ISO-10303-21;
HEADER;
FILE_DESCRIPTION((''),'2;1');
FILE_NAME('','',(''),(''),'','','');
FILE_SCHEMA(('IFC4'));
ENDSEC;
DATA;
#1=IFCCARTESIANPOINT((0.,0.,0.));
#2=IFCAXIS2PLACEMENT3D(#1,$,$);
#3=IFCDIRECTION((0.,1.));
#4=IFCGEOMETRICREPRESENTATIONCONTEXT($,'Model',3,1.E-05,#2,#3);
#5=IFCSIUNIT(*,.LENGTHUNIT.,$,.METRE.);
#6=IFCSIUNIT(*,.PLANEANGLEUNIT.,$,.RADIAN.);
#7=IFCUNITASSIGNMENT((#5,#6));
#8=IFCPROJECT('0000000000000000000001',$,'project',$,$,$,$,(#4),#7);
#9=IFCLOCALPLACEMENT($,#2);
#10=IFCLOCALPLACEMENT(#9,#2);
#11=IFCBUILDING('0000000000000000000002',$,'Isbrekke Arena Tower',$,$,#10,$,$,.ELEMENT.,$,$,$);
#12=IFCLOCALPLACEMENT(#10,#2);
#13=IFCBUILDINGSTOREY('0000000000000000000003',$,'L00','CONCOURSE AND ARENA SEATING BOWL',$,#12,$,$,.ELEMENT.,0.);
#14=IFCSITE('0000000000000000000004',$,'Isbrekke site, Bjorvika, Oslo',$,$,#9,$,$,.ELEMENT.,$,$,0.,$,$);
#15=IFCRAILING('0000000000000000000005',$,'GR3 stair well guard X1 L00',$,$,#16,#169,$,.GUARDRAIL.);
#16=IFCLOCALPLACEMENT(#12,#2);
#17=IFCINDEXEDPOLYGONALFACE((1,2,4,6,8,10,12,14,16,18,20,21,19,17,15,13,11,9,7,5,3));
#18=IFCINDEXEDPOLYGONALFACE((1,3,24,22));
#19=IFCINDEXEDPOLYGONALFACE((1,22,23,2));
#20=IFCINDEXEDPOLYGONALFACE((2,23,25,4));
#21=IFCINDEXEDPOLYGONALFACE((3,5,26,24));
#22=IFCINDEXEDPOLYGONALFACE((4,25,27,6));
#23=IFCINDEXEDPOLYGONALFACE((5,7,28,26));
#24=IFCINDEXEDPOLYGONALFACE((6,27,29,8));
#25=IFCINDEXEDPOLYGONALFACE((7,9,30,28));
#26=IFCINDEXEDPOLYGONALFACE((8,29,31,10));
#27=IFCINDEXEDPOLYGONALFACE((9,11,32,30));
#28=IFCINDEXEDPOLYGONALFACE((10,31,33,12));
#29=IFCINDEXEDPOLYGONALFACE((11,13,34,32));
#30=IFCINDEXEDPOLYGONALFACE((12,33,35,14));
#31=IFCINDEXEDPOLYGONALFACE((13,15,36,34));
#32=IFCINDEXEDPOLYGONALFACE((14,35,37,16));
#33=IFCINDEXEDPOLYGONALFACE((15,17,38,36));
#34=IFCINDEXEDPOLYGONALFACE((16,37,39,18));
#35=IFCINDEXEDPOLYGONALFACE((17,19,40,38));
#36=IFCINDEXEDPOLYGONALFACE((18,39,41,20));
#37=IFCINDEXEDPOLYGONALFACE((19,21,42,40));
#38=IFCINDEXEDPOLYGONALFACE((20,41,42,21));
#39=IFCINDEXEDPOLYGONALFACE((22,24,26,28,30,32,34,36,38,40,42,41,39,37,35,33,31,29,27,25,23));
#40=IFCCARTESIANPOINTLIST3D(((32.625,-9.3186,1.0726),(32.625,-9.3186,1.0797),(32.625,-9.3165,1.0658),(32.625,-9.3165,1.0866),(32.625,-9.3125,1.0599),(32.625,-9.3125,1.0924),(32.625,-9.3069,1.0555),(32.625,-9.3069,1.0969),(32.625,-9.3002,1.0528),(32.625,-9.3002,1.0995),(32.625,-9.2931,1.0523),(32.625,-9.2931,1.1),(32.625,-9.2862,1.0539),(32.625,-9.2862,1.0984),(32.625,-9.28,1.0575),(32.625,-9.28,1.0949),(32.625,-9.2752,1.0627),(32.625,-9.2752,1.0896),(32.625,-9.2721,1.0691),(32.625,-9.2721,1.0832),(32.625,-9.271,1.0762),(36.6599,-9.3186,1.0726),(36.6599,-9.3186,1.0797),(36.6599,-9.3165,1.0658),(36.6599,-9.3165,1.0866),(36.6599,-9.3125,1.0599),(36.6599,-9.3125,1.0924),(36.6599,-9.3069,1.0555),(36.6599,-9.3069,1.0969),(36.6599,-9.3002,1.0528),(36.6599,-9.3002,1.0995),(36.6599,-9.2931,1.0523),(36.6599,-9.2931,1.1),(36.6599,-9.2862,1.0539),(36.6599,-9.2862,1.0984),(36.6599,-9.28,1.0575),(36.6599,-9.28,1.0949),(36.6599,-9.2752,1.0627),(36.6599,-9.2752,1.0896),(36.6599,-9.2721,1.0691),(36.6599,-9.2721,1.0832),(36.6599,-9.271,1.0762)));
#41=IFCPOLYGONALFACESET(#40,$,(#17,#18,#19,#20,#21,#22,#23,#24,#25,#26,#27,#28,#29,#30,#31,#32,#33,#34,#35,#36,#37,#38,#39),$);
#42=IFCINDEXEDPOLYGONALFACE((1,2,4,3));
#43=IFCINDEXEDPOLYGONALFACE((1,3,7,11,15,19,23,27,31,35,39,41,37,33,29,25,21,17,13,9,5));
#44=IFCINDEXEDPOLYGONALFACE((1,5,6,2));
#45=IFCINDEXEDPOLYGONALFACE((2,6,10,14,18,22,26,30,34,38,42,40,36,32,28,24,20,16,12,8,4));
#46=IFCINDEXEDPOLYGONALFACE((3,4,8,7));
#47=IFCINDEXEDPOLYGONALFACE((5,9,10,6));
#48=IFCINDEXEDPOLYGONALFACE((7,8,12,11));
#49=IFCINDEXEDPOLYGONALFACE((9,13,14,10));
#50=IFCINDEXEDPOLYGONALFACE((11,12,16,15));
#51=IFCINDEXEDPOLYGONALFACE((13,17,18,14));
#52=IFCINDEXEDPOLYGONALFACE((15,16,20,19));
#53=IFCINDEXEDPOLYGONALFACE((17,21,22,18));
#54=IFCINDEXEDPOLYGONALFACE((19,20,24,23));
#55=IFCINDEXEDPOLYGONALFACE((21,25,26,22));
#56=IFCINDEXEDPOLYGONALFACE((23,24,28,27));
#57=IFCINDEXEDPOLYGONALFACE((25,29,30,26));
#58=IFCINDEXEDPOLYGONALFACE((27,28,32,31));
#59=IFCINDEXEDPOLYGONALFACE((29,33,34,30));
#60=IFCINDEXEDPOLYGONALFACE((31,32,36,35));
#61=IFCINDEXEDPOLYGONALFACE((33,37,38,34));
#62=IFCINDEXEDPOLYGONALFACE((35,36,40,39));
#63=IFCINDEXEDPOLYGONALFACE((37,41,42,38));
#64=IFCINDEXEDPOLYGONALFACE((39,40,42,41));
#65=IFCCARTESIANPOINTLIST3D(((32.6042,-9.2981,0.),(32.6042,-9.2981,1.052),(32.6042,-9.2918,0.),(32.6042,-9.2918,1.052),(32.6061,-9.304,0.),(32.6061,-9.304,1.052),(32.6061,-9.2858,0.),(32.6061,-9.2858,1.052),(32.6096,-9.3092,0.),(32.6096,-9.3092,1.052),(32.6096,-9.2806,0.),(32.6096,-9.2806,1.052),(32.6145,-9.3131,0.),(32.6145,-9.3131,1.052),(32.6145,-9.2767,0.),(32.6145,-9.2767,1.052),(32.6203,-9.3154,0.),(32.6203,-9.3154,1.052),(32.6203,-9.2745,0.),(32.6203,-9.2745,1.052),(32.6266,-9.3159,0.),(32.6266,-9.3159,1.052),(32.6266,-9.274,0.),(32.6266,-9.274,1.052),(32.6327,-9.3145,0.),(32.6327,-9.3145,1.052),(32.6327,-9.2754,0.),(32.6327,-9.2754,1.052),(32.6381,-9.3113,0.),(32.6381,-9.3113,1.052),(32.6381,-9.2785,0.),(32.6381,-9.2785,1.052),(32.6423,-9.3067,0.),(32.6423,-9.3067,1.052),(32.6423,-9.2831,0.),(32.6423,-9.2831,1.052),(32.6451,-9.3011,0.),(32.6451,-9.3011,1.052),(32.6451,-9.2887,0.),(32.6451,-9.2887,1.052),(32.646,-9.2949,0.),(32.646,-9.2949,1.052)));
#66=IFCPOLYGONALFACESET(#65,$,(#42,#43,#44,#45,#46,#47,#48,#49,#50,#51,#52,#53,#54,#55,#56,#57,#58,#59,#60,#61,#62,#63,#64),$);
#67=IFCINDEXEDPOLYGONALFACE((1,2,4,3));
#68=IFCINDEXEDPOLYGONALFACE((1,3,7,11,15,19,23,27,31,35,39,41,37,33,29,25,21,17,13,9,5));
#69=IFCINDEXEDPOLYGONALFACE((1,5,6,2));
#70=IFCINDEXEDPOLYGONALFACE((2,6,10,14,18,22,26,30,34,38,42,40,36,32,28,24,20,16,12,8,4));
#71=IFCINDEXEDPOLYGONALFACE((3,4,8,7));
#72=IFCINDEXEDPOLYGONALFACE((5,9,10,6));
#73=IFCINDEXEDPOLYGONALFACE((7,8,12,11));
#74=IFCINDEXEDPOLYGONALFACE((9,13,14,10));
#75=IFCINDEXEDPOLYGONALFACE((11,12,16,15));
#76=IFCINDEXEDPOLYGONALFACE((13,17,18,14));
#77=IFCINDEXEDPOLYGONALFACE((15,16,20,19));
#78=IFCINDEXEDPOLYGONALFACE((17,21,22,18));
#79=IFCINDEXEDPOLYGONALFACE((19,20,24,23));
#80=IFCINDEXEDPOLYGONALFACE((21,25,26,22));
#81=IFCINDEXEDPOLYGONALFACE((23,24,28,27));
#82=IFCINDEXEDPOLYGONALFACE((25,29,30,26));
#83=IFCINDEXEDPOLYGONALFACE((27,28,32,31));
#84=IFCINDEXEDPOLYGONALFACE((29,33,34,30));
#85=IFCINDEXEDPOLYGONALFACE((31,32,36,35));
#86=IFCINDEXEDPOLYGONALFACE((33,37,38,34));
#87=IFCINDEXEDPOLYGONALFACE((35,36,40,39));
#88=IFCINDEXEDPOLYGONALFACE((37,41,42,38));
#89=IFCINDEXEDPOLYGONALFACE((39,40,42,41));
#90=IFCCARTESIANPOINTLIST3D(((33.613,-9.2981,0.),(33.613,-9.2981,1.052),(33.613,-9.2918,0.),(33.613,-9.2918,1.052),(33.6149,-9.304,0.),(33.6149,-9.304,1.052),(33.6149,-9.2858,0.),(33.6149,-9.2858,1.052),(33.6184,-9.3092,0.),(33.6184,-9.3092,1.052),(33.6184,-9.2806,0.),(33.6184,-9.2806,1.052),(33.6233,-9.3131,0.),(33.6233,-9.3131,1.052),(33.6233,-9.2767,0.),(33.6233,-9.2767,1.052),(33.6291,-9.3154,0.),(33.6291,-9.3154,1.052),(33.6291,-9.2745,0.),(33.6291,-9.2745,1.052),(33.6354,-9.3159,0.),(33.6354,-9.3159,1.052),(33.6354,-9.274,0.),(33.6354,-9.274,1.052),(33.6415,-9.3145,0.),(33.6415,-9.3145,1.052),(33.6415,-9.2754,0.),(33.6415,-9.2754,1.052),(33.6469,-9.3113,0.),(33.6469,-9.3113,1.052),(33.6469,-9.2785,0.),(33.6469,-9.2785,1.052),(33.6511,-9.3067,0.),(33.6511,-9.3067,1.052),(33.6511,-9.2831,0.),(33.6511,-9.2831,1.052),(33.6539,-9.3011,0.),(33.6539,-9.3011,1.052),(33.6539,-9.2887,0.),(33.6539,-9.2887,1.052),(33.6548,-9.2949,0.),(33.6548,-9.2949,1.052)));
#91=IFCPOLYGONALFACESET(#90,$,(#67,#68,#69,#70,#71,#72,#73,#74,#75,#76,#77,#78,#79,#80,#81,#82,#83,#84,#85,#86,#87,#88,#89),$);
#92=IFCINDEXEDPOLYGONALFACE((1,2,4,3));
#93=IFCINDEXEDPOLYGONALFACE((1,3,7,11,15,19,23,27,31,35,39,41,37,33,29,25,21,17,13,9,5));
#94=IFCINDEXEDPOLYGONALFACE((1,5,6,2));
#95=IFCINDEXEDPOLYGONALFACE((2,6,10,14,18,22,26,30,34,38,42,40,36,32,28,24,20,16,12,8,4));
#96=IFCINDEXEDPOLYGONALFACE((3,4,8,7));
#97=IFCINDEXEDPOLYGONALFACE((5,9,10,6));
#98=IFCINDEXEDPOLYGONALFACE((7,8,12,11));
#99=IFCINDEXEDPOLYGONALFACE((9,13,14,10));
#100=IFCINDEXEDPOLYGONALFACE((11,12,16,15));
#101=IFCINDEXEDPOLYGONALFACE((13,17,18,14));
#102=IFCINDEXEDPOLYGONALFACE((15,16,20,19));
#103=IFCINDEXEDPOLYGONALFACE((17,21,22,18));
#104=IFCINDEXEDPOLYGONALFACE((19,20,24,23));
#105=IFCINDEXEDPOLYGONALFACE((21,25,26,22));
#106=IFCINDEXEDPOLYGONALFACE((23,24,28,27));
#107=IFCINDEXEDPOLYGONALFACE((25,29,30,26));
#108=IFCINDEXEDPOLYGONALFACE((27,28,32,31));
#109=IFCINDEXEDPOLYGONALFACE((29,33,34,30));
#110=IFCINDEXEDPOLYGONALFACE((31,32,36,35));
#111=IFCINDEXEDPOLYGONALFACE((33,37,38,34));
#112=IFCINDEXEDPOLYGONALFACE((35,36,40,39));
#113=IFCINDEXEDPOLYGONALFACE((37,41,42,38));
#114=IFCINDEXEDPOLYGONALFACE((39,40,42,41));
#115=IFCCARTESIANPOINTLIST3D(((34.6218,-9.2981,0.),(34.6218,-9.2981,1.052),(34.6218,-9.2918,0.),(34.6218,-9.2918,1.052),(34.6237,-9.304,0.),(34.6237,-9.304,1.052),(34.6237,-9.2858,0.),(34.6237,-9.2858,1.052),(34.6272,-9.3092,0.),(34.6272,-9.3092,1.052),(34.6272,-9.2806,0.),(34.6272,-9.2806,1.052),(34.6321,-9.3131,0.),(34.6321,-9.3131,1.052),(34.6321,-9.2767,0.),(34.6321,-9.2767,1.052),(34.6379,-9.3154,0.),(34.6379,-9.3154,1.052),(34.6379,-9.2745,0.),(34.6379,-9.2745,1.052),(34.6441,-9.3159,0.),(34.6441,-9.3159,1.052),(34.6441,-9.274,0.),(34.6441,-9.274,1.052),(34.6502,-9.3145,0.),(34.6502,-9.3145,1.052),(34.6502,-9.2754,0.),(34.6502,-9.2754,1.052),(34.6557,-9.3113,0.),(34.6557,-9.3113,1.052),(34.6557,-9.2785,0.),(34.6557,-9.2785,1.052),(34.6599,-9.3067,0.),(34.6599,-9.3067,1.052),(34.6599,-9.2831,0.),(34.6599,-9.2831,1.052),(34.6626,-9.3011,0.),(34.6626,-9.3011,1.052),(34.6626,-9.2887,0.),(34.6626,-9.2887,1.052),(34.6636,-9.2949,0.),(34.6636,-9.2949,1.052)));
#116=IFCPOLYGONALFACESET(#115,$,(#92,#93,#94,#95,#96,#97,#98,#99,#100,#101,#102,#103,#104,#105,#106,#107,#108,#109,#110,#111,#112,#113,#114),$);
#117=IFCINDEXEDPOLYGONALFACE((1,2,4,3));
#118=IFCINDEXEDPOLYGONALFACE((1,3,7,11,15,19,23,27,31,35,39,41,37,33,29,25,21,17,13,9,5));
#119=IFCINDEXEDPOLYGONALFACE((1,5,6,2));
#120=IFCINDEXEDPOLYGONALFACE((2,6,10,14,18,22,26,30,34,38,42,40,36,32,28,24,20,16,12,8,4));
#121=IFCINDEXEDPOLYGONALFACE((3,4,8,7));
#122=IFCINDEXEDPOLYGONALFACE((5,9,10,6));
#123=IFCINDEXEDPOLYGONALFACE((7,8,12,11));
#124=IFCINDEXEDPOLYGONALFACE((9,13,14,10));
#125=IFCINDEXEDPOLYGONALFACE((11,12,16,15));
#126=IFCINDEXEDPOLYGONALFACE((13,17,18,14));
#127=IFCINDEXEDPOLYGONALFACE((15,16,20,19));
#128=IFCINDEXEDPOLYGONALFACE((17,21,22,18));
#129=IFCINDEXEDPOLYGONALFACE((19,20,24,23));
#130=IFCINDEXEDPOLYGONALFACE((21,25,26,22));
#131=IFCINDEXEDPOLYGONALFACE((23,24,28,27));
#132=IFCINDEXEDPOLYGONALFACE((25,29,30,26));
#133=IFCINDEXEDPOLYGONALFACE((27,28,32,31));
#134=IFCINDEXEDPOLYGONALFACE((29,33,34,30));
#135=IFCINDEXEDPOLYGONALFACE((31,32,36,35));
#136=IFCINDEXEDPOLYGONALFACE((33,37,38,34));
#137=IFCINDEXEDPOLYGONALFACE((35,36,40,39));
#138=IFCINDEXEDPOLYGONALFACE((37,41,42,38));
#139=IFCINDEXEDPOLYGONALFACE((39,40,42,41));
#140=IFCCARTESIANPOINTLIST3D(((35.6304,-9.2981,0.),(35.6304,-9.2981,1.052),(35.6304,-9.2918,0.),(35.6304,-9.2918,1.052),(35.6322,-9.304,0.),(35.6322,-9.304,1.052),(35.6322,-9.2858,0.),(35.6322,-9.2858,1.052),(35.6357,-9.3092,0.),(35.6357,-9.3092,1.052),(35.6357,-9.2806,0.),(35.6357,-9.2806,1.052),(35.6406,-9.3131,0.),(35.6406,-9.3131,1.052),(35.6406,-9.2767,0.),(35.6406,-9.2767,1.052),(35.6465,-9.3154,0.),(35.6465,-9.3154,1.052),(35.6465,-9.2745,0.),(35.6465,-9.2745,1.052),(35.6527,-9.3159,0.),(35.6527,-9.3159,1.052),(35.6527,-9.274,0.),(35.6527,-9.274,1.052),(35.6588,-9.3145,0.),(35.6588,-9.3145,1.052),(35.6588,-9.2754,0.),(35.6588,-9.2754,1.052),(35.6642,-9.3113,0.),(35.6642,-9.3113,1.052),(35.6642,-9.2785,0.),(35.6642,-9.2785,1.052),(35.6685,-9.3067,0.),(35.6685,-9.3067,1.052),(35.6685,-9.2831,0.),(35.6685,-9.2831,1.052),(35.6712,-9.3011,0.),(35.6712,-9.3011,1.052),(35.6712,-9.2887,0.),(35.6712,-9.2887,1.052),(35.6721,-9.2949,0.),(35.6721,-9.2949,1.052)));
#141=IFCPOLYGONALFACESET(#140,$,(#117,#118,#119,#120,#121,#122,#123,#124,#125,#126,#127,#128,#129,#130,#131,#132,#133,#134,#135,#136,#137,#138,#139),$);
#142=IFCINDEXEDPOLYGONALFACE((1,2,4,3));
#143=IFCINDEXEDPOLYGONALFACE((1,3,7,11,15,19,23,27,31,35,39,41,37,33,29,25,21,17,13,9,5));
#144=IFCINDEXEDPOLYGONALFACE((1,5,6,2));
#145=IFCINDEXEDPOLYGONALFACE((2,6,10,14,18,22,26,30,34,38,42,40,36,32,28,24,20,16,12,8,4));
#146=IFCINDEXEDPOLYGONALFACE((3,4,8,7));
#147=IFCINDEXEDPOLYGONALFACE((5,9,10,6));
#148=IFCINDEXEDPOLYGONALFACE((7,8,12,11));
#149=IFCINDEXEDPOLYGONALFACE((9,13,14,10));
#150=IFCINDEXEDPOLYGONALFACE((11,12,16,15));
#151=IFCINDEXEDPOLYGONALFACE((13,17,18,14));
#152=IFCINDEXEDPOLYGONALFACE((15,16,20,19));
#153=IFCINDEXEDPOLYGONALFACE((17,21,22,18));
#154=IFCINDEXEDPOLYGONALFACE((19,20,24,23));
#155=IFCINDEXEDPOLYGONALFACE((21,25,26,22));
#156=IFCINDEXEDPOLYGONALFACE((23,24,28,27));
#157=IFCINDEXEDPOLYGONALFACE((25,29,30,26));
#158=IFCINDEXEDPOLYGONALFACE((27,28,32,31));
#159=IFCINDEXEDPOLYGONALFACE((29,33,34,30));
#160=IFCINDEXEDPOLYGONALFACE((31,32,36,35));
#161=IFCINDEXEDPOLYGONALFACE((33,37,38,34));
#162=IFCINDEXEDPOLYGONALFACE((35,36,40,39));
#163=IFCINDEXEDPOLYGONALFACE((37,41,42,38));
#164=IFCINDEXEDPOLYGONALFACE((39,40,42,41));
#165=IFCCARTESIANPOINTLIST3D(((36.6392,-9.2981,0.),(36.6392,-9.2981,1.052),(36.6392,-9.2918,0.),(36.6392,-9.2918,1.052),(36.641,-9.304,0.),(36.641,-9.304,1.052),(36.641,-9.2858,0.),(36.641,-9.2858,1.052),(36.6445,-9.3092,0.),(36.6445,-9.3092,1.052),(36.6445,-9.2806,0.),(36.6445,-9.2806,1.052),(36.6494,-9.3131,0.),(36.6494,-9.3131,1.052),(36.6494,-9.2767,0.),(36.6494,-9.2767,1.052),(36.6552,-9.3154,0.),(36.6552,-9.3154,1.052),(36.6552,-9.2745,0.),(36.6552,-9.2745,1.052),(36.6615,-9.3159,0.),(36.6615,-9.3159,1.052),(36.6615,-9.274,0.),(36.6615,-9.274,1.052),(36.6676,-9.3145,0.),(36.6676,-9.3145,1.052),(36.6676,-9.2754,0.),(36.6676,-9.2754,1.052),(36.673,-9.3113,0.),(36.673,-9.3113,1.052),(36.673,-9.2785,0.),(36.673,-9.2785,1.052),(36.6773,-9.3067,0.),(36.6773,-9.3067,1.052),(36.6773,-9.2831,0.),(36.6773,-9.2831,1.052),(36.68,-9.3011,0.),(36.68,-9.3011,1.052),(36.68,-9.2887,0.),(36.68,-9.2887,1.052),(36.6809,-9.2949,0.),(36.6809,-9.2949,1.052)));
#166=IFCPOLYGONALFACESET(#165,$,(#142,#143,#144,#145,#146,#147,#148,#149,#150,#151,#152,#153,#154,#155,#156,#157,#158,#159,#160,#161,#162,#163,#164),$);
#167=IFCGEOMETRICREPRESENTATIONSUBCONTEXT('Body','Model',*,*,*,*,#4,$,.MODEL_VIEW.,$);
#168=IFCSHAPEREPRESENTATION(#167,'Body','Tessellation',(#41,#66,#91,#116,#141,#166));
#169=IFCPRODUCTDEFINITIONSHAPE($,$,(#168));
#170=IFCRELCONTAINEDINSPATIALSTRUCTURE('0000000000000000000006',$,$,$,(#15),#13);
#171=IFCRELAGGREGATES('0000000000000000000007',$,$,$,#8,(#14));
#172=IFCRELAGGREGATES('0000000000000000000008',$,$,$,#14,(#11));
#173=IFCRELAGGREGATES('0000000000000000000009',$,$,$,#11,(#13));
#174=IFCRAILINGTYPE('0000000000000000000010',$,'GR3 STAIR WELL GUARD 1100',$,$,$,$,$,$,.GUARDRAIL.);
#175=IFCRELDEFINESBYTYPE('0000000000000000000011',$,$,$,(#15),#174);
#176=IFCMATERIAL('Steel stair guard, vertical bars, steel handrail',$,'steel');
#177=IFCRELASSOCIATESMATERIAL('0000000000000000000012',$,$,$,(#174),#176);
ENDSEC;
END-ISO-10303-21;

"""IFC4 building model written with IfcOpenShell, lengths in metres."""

from ifc_helpers import new_model, si_unit, direction, frame, origin, origin_2d, place, context, subcontext, project, spatial, circle, extrude, material, type_object, element, save


model = new_model("IFC4")

# Units and contexts
model_context = context("Model", 3, precision=1e-05, world=origin(), true_north=direction((0.0, 1.0)))
body_context = subcontext(model_context, "Body", "Model", "MODEL_VIEW")
ifc_project = project(units=[si_unit("LENGTHUNIT", "METRE"), si_unit("PLANEANGLEUNIT", "RADIAN")], contexts=[model_context])

# Site, building, storey
site_placement = place(None, origin())
site = spatial("IfcSite", under=ifc_project, at=site_placement, Name="Isbrekke site, Bjorvika, Oslo", CompositionType="ELEMENT", RefElevation=0.0)
building_placement = place(site_placement, origin())
building = spatial("IfcBuilding", under=site, at=building_placement, Name="Isbrekke Arena Tower", CompositionType="ELEMENT")
storey_placement = place(building_placement, origin())
storey = spatial("IfcBuildingStorey", under=building, at=storey_placement, Name="L00", Description="CONCOURSE AND ARENA SEATING BOWL", CompositionType="ELEMENT", Elevation=0.0)

# Railing
ifc_material_1 = material(Name="Steel stair guard, vertical bars, steel handrail", Category="steel")
railing_type_1 = type_object("IfcRailingType", Name="GR3 STAIR WELL GUARD 1100", PredefinedType="GUARDRAIL", material=ifc_material_1)
for number, where, name in (
    (1, (32.625, -9.2949, 0.0), "GR3 stair well guard X1 L00"),
):
    element("IfcRailing", number, at=place(storey_placement, frame(where)), inside=storey, type_object=railing_type_1, Name=name, PredefinedType="GUARDRAIL", context=body_context, shape_type="SweptSolid", body=[
        extrude(circle(Radius=0.0239, at=origin_2d()), frame((0.0, 0.0, 1.0762), z_axis=(1.0, 0.0, 0.0), x_axis=(0.0, 1.0, 0.0)), (0.0, 0.0, 1.0), 4.0349),
        extrude(circle(Radius=0.021, at=origin_2d()), origin(), (0.0, 0.0, 1.0), 1.052),
        extrude(circle(Radius=0.021, at=origin_2d()), frame((1.0088, 0.0, 0.0)), (0.0, 0.0, 1.0), 1.052),
        extrude(circle(Radius=0.021, at=origin_2d()), frame((2.0176, 0.0, 0.0)), (0.0, 0.0, 1.0), 1.052),
        extrude(circle(Radius=0.021, at=origin_2d()), frame((3.0261, 0.0, 0.0)), (0.0, 0.0, 1.0), 1.052),
        extrude(circle(Radius=0.021, at=origin_2d()), frame((4.0349, 0.0, 0.0)), (0.0, 0.0, 1.0), 1.052),
    ])

save(model, "model.ifc")
